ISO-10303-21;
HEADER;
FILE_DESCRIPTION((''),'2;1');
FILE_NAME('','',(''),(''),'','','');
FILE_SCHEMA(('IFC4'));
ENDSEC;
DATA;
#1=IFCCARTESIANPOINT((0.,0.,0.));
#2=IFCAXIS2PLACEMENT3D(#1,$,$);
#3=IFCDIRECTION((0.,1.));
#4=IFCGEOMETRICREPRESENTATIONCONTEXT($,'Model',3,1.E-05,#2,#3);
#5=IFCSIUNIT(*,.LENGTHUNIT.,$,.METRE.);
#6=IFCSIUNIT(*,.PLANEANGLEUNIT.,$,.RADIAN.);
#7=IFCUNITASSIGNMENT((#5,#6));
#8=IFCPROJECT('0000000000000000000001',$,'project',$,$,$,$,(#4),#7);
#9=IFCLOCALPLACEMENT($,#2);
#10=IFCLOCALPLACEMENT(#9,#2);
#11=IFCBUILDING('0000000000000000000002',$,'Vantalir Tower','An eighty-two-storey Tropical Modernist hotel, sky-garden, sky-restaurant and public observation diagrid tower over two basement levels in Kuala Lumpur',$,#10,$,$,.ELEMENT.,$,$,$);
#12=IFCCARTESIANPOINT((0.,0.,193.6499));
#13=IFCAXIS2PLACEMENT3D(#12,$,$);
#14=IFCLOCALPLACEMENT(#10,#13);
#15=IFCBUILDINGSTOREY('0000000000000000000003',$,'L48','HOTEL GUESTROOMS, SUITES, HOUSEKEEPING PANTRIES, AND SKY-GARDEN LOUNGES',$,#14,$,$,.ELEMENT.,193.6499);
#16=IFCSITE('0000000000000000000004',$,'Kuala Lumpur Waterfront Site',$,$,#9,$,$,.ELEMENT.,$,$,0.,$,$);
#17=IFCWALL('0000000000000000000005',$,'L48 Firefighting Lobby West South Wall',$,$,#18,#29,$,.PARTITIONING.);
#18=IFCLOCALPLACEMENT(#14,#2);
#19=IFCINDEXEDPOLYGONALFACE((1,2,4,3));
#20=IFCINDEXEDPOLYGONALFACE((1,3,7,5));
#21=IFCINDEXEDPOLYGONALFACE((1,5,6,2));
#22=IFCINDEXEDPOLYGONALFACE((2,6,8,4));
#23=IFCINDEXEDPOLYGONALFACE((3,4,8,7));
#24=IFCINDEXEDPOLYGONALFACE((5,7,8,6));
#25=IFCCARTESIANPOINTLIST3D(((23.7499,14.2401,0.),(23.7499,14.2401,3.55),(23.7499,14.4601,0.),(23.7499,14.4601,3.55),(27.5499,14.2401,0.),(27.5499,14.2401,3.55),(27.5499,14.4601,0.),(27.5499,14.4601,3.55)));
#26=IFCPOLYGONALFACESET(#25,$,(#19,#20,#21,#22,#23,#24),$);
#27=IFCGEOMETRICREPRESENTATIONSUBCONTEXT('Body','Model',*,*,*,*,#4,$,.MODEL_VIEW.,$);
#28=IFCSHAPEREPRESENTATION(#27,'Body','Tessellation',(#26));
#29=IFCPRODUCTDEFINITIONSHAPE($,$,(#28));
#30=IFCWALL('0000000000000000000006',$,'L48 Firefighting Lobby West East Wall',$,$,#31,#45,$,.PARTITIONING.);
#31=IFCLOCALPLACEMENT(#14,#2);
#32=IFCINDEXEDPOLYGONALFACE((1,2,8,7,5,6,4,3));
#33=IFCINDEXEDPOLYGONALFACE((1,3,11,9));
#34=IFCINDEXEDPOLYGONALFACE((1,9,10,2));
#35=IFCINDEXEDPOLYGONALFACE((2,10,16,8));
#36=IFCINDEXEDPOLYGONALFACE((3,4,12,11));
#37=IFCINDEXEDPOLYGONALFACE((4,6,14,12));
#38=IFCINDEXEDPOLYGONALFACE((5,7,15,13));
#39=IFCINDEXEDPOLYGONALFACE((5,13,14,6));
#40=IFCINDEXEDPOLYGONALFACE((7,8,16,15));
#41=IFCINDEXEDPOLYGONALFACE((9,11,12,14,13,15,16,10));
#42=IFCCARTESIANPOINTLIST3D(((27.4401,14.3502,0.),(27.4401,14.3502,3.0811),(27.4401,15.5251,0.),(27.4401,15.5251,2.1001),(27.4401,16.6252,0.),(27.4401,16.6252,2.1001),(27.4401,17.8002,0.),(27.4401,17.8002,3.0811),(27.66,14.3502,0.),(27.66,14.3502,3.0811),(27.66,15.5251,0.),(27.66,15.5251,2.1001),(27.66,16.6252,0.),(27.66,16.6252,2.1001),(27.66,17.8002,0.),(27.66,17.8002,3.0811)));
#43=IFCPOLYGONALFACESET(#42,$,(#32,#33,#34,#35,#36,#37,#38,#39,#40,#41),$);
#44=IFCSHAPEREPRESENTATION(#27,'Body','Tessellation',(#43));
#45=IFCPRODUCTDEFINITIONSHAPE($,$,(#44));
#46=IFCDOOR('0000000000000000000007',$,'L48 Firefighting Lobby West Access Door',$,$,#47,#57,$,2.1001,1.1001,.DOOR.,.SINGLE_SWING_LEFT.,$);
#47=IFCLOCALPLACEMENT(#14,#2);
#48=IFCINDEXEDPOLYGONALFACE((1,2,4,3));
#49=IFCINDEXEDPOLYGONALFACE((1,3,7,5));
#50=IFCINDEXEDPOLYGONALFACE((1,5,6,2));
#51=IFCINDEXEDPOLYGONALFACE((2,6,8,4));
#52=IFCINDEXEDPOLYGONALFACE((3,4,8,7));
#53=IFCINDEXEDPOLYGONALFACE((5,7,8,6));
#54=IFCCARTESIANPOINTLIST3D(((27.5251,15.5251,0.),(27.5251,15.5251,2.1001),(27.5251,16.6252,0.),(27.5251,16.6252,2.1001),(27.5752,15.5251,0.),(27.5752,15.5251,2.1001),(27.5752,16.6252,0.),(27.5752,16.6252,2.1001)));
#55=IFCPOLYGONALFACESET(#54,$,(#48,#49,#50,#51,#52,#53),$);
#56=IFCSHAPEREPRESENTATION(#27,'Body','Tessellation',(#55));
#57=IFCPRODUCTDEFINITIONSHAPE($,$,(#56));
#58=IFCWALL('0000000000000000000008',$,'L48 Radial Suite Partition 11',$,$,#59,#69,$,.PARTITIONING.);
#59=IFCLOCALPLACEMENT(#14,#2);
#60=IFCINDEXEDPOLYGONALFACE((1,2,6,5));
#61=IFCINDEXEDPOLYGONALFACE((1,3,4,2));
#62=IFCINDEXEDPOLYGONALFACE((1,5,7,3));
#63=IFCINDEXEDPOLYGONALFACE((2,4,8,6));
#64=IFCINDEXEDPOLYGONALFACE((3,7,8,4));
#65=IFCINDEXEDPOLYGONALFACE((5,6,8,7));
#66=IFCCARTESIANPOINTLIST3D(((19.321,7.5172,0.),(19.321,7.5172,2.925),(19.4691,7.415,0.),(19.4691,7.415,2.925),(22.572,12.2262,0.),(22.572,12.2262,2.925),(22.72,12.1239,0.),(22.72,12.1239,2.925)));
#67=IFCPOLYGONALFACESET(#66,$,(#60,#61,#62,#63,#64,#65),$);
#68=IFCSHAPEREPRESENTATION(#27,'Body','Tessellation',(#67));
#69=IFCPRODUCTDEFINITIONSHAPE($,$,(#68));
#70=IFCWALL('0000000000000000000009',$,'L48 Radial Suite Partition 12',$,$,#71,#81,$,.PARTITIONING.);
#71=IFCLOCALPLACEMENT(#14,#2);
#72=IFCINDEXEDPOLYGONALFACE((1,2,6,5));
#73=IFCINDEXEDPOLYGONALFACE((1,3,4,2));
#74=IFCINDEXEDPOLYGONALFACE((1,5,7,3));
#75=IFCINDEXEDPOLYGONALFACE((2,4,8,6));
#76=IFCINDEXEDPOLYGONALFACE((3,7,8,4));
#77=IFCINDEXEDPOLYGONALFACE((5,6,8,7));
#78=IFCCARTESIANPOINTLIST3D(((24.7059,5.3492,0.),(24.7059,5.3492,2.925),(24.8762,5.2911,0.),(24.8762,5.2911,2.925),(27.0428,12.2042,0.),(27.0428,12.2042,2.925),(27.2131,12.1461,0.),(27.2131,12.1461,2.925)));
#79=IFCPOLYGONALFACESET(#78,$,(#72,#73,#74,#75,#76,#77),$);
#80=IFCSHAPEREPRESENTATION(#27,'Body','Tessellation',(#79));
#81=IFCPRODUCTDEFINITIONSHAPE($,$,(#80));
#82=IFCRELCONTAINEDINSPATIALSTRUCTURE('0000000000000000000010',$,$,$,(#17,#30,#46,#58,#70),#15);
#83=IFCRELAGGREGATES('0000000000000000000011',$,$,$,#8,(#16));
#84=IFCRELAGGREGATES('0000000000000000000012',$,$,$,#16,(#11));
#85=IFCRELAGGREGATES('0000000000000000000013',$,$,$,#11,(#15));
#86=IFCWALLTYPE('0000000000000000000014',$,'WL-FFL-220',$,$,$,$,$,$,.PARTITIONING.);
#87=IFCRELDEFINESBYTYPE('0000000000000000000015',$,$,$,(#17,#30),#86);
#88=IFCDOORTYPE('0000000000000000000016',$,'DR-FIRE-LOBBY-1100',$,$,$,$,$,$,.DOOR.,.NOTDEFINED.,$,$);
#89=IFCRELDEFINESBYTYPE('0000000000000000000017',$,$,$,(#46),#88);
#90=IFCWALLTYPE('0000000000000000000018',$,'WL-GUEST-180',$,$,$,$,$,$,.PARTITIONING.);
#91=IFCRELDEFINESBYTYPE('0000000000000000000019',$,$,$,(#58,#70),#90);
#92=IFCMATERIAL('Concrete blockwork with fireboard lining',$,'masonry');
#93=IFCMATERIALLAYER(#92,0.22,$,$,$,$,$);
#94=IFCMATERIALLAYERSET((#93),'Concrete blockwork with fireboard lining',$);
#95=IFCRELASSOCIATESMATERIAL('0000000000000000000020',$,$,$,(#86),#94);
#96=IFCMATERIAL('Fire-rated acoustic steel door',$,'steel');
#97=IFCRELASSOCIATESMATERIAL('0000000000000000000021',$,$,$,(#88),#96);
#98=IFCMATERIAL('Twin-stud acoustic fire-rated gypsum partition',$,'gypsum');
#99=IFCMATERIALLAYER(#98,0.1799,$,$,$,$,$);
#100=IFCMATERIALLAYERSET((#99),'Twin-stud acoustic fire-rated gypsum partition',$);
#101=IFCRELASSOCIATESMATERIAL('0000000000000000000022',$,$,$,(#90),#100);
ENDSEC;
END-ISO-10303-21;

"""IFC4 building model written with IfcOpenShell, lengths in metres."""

from ifc_helpers import new_model, si_unit, direction, frame, frame_2d, origin, place, context, subcontext, project, spatial, rectangle, extrude, material, layer, layer_set, type_object, element, fill, save


model = new_model("IFC4")

# Units and contexts
model_context = context("Model", 3, precision=1e-05, world=origin(), true_north=direction((0.0, 1.0)))
body_context = subcontext(model_context, "Body", "Model", "MODEL_VIEW")
ifc_project = project(units=[si_unit("LENGTHUNIT", "METRE"), si_unit("PLANEANGLEUNIT", "RADIAN")], contexts=[model_context])

# Site, building, storey
site_placement = place(None, origin())
site = spatial("IfcSite", under=ifc_project, at=site_placement, Name="Kuala Lumpur Waterfront Site", CompositionType="ELEMENT", RefElevation=0.0)
building_placement = place(site_placement, origin())
building = spatial("IfcBuilding", under=site, at=building_placement, Name="Vantalir Tower", Description="An eighty-two-storey Tropical Modernist hotel, sky-garden, sky-restaurant and public observation diagrid tower over two basement levels in Kuala Lumpur", CompositionType="ELEMENT")
storey_placement = place(building_placement, frame((0.0, 0.0, 193.6499)))
storey = spatial("IfcBuildingStorey", under=building, at=storey_placement, Name="L48", Description="HOTEL GUESTROOMS, SUITES, HOUSEKEEPING PANTRIES, AND SKY-GARDEN LOUNGES", CompositionType="ELEMENT", Elevation=193.6499)

# Wall
ifc_material_1 = material(Name="Concrete blockwork with fireboard lining", Category="masonry")
ifc_layer_1 = layer(ifc_material_1, 0.22)
ifc_layer_set_1 = layer_set([ifc_layer_1], Name="Concrete blockwork with fireboard lining")
wall_type_1 = type_object("IfcWallType", Name="WL-FFL-220", PredefinedType="PARTITIONING", material=ifc_layer_set_1)
wall_1_placement = place(storey_placement, frame((23.75, 14.3501, 0.0), z_axis=(0.0, 0.0, 1.0), x_axis=(1.0, 0.0, 0.0)))
element("IfcWall", 1, at=wall_1_placement, inside=storey, type_object=wall_type_1, Name="L48 Firefighting Lobby West South Wall", PredefinedType="PARTITIONING", context=body_context, shape_type="SweptSolid", body=[
    extrude(rectangle(XDim=3.8, YDim=0.22, at=frame_2d((1.8999, 0.0))), origin(), (0.0, 0.0, 1.0), 3.55),
])

# Wall, opening, door
wall_2_placement = place(storey_placement, frame((27.55, 14.3501, 0.0), z_axis=(0.0, 0.0, 1.0), x_axis=(0.0, 1.0, 0.0)))
wall_2 = element("IfcWall", 2, at=wall_2_placement, inside=storey, type_object=wall_type_1, Name="L48 Firefighting Lobby West East Wall", PredefinedType="PARTITIONING", context=body_context, shape_type="SweptSolid", body=[
    extrude(rectangle(XDim=3.45, YDim=0.22, at=frame_2d((1.7251, 0.0))), origin(), (0.0, 0.0, 1.0), 3.0811),
])
opening_1_placement = place(wall_2_placement, frame((1.175, 0.0, 0.0)))
opening_1 = element("IfcOpeningElement", 3, at=opening_1_placement, cuts=wall_2, PredefinedType="OPENING", context=body_context, shape_type="SweptSolid", body=[
    extrude(rectangle(XDim=1.1001, YDim=2.1001, at=frame_2d((0.55, 1.05))), frame((0.0, 0.1199, 0.0), z_axis=(0.0, -1.0, 0.0), x_axis=(1.0, 0.0, 0.0)), (0.0, 0.0, 1.0), 0.24),
])
ifc_material_2 = material(Name="Fire-rated acoustic steel door", Category="steel")
door_type_1 = type_object("IfcDoorType", Name="DR-FIRE-LOBBY-1100", OperationType="NOTDEFINED", PredefinedType="DOOR", material=ifc_material_2)
door_1_placement = place(opening_1_placement, origin())
door_1 = element("IfcDoor", 4, at=door_1_placement, inside=storey, type_object=door_type_1, Name="L48 Firefighting Lobby West Access Door", OperationType="SINGLE_SWING_LEFT", OverallHeight=2.1001, OverallWidth=1.1001, PredefinedType="DOOR", context=body_context, shape_type="SweptSolid", body=[
    extrude(rectangle(XDim=1.1001, YDim=2.1001, at=frame_2d((0.55, 1.05))), frame((0.0, 0.0249, 0.0), z_axis=(0.0, -1.0, 0.0), x_axis=(1.0, 0.0, 0.0)), (0.0, 0.0, 1.0), 0.05),
])
fill(opening_1, door_1)

# Walls
ifc_material_3 = material(Name="Twin-stud acoustic fire-rated gypsum partition", Category="gypsum")
ifc_layer_2 = layer(ifc_material_3, 0.1799)
ifc_layer_set_2 = layer_set([ifc_layer_2], Name="Twin-stud acoustic fire-rated gypsum partition")
wall_type_2 = type_object("IfcWallType", Name="WL-GUEST-180", PredefinedType="PARTITIONING", material=ifc_layer_set_2)
wall_3_placement = place(storey_placement, frame((22.646, 12.175, 0.0), z_axis=(0.0, 0.0, 1.0), x_axis=(-0.568136, -0.822935, 0.0)))
element("IfcWall", 5, at=wall_3_placement, inside=storey, type_object=wall_type_2, Name="L48 Radial Suite Partition 11", PredefinedType="PARTITIONING", context=body_context, shape_type="SweptSolid", body=[
    extrude(rectangle(XDim=5.7222, YDim=0.1799, at=frame_2d((2.8611, 0.0))), origin(), (0.0, 0.0, 1.0), 2.925),
])
wall_4_placement = place(storey_placement, frame((27.1279, 12.175, 0.0), z_axis=(0.0, 0.0, 1.0), x_axis=(-0.322673, -0.946511, 0.0)))
element("IfcWall", 6, at=wall_4_placement, inside=storey, type_object=wall_type_2, Name="L48 Radial Suite Partition 12", PredefinedType="PARTITIONING", context=body_context, shape_type="SweptSolid", body=[
    extrude(rectangle(XDim=7.2424, YDim=0.1799, at=frame_2d((3.6211, 0.0))), origin(), (0.0, 0.0, 1.0), 2.925),
])

save(model, "model.ifc")
